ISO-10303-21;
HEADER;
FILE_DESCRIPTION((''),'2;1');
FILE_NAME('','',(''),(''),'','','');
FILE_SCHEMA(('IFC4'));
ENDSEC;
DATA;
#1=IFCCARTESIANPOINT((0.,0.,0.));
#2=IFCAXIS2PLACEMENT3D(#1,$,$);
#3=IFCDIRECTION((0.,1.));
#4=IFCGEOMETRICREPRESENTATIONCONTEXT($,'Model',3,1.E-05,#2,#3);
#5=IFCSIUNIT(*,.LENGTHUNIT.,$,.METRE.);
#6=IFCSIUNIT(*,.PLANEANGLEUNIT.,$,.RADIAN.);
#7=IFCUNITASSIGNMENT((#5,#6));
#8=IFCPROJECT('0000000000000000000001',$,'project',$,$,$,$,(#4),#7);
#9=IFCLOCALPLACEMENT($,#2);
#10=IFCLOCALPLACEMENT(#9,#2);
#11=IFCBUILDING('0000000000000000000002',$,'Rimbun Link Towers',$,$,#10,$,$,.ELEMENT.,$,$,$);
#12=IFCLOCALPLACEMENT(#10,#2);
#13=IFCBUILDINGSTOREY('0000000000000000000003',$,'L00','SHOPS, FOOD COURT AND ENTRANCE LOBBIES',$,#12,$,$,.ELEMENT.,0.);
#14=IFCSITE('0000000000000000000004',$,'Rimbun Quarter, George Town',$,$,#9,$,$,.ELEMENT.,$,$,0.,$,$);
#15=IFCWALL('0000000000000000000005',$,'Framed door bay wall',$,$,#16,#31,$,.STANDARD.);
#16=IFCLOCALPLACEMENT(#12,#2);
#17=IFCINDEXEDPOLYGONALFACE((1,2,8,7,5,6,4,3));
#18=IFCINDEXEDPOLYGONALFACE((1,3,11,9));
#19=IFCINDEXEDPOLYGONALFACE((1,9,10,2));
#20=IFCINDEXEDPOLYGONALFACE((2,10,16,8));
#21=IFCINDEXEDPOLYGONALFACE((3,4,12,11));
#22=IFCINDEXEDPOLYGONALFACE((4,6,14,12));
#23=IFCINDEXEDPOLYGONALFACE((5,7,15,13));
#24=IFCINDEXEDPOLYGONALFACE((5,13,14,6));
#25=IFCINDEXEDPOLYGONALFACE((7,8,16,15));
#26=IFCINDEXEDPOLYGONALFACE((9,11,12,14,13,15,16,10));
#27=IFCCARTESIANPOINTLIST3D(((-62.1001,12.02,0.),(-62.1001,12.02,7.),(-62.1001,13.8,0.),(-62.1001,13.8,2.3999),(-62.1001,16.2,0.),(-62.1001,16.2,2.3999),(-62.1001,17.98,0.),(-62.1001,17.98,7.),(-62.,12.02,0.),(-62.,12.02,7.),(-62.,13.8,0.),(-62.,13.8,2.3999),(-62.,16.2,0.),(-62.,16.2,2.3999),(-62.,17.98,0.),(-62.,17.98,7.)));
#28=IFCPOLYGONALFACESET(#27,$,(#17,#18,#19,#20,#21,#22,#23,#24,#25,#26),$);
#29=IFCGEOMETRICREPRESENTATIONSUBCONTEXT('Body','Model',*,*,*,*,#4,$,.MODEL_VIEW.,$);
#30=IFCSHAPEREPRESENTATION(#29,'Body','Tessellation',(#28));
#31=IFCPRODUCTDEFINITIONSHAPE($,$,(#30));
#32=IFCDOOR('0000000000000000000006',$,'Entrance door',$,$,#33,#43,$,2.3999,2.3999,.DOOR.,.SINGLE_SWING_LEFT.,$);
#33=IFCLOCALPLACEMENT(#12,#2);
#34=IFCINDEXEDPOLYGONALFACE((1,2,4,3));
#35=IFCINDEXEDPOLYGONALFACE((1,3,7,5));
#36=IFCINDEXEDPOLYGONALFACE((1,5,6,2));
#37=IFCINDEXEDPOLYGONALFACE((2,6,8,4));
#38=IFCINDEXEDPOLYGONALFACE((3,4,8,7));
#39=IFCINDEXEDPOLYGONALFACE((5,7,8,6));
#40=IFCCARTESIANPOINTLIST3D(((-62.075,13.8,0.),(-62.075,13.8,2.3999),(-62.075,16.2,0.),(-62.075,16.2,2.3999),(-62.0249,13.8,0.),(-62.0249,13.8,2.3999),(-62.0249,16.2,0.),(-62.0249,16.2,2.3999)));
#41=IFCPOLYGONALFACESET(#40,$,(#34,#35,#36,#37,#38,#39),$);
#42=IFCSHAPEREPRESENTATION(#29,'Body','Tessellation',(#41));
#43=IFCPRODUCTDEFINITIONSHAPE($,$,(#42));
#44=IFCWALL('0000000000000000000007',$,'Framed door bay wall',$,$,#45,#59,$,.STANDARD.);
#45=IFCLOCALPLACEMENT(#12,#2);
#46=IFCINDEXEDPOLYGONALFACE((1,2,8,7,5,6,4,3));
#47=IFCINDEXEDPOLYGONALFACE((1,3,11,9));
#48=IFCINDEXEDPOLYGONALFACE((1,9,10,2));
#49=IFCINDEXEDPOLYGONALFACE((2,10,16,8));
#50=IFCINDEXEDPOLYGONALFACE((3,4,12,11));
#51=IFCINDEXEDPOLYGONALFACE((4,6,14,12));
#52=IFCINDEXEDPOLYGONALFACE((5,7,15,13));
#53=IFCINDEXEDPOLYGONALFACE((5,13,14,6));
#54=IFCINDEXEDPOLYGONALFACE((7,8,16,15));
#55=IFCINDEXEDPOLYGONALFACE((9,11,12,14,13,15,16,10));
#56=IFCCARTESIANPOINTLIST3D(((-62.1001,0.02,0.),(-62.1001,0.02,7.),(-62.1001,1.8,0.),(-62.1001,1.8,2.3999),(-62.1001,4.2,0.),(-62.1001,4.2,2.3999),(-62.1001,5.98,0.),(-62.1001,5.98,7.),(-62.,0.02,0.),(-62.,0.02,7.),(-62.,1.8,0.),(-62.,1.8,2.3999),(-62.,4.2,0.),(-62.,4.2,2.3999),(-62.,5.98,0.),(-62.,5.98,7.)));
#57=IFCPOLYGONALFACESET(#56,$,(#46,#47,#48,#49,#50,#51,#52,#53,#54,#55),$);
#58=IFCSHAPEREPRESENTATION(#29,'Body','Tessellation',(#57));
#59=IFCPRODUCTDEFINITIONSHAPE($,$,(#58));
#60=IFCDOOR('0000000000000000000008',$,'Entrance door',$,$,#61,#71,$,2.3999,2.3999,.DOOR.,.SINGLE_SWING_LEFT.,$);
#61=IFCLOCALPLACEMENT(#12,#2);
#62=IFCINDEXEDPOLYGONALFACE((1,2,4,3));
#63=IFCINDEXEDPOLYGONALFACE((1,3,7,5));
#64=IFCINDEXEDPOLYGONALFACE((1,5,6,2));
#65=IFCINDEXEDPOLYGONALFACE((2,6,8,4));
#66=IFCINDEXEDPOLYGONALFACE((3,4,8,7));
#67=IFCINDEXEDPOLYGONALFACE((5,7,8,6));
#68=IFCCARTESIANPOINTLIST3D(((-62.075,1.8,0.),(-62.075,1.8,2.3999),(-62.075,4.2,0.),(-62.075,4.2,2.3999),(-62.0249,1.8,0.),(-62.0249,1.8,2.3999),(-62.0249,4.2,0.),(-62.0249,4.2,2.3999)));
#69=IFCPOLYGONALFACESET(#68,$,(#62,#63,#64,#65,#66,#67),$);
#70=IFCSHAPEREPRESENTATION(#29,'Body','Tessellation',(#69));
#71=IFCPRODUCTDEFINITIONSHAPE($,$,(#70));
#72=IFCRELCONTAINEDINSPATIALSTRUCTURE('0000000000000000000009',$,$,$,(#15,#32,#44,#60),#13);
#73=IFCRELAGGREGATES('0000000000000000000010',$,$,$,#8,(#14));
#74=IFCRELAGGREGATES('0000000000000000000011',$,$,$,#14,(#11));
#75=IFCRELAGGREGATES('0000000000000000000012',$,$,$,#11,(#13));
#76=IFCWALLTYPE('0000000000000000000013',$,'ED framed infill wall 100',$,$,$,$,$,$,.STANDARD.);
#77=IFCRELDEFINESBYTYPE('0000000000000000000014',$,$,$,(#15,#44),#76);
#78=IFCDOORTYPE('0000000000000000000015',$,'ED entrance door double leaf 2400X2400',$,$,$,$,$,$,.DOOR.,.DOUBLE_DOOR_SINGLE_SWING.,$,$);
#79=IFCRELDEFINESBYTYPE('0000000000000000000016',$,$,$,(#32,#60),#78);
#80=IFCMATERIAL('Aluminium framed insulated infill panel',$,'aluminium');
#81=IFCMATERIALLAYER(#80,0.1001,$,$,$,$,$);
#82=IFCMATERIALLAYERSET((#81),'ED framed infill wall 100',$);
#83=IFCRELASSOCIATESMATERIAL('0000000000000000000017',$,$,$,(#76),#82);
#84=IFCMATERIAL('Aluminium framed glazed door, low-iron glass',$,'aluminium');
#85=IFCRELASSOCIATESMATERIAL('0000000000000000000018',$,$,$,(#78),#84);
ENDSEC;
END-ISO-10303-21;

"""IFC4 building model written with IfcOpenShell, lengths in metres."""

from ifc_helpers import new_model, si_unit, direction, frame, frame_2d, origin, place, context, subcontext, project, spatial, rectangle, extrude, material, layer, layer_set, type_object, element, fill, save


model = new_model("IFC4")

# Units and contexts
model_context = context("Model", 3, precision=1e-05, world=origin(), true_north=direction((0.0, 1.0)))
body_context = subcontext(model_context, "Body", "Model", "MODEL_VIEW")
ifc_project = project(units=[si_unit("LENGTHUNIT", "METRE"), si_unit("PLANEANGLEUNIT", "RADIAN")], contexts=[model_context])

# Site, building, storey
site_placement = place(None, origin())
site = spatial("IfcSite", under=ifc_project, at=site_placement, Name="Rimbun Quarter, George Town", CompositionType="ELEMENT", RefElevation=0.0)
building_placement = place(site_placement, origin())
building = spatial("IfcBuilding", under=site, at=building_placement, Name="Rimbun Link Towers", CompositionType="ELEMENT")
storey_placement = place(building_placement, origin())
storey = spatial("IfcBuildingStorey", under=building, at=storey_placement, Name="L00", Description="SHOPS, FOOD COURT AND ENTRANCE LOBBIES", CompositionType="ELEMENT", Elevation=0.0)

# Walls, openings, doors
ifc_material_1 = material(Name="Aluminium framed insulated infill panel", Category="aluminium")
ifc_layer_1 = layer(ifc_material_1, 0.1001)
ifc_layer_set_1 = layer_set([ifc_layer_1], Name="ED framed infill wall 100")
wall_type = type_object("IfcWallType", Name="ED framed infill wall 100", PredefinedType="STANDARD", material=ifc_layer_set_1)
wall_1_placement = place(storey_placement, frame((-62.05, 12.02, 0.0), z_axis=(0.0, 0.0, 1.0), x_axis=(0.0, 1.0, 0.0)))
wall_1 = element("IfcWall", 1, at=wall_1_placement, inside=storey, type_object=wall_type, Name="Framed door bay wall", PredefinedType="STANDARD", context=body_context, shape_type="SweptSolid", body=[
    extrude(rectangle(XDim=5.96, YDim=0.1001, at=frame_2d((2.98, 0.0))), origin(), (0.0, 0.0, 1.0), 7.0),
])
opening_1_placement = place(wall_1_placement, frame((1.78, 0.0, 0.0)))
opening_1 = element("IfcOpeningElement", 2, at=opening_1_placement, cuts=wall_1, PredefinedType="OPENING", context=body_context, shape_type="SweptSolid", body=[
    extrude(rectangle(XDim=2.3999, YDim=2.3999, at=frame_2d((1.2, 1.2))), frame((0.0, 0.0601, 0.0), z_axis=(0.0, -1.0, 0.0), x_axis=(1.0, 0.0, 0.0)), (0.0, 0.0, 1.0), 0.1201),
])
ifc_material_2 = material(Name="Aluminium framed glazed door, low-iron glass", Category="aluminium")
door_type = type_object("IfcDoorType", Name="ED entrance door double leaf 2400X2400", OperationType="DOUBLE_DOOR_SINGLE_SWING", PredefinedType="DOOR", material=ifc_material_2)
door_1_placement = place(opening_1_placement, origin())
door_1 = element("IfcDoor", 3, at=door_1_placement, inside=storey, type_object=door_type, Name="Entrance door", OperationType="SINGLE_SWING_LEFT", OverallHeight=2.3999, OverallWidth=2.3999, PredefinedType="DOOR", context=body_context, shape_type="SweptSolid", body=[
    extrude(rectangle(XDim=2.3999, YDim=2.3999, at=frame_2d((1.2, 1.2))), frame((0.0, 0.0249, 0.0), z_axis=(0.0, -1.0, 0.0), x_axis=(1.0, 0.0, 0.0)), (0.0, 0.0, 1.0), 0.05),
])
fill(opening_1, door_1)
wall_2_placement = place(storey_placement, frame((-62.05, 0.02, 0.0), z_axis=(0.0, 0.0, 1.0), x_axis=(0.0, 1.0, 0.0)))
wall_2 = element("IfcWall", 4, at=wall_2_placement, inside=storey, type_object=wall_type, Name="Framed door bay wall", PredefinedType="STANDARD", context=body_context, shape_type="SweptSolid", body=[
    extrude(rectangle(XDim=5.96, YDim=0.1001, at=frame_2d((2.98, 0.0))), origin(), (0.0, 0.0, 1.0), 7.0),
])
opening_2_placement = place(wall_2_placement, frame((1.78, 0.0, 0.0)))
opening_2 = element("IfcOpeningElement", 5, at=opening_2_placement, cuts=wall_2, PredefinedType="OPENING", context=body_context, shape_type="SweptSolid", body=[
    extrude(rectangle(XDim=2.3999, YDim=2.3999, at=frame_2d((1.2, 1.2))), frame((0.0, 0.0601, 0.0), z_axis=(0.0, -1.0, 0.0), x_axis=(1.0, 0.0, 0.0)), (0.0, 0.0, 1.0), 0.1201),
])
door_2_placement = place(opening_2_placement, origin())
door_2 = element("IfcDoor", 6, at=door_2_placement, inside=storey, type_object=door_type, Name="Entrance door", OperationType="SINGLE_SWING_LEFT", OverallHeight=2.3999, OverallWidth=2.3999, PredefinedType="DOOR", context=body_context, shape_type="SweptSolid", body=[
    extrude(rectangle(XDim=2.3999, YDim=2.3999, at=frame_2d((1.2, 1.2))), frame((0.0, 0.0249, 0.0), z_axis=(0.0, -1.0, 0.0), x_axis=(1.0, 0.0, 0.0)), (0.0, 0.0, 1.0), 0.05),
])
fill(opening_2, door_2)

save(model, "model.ifc")
